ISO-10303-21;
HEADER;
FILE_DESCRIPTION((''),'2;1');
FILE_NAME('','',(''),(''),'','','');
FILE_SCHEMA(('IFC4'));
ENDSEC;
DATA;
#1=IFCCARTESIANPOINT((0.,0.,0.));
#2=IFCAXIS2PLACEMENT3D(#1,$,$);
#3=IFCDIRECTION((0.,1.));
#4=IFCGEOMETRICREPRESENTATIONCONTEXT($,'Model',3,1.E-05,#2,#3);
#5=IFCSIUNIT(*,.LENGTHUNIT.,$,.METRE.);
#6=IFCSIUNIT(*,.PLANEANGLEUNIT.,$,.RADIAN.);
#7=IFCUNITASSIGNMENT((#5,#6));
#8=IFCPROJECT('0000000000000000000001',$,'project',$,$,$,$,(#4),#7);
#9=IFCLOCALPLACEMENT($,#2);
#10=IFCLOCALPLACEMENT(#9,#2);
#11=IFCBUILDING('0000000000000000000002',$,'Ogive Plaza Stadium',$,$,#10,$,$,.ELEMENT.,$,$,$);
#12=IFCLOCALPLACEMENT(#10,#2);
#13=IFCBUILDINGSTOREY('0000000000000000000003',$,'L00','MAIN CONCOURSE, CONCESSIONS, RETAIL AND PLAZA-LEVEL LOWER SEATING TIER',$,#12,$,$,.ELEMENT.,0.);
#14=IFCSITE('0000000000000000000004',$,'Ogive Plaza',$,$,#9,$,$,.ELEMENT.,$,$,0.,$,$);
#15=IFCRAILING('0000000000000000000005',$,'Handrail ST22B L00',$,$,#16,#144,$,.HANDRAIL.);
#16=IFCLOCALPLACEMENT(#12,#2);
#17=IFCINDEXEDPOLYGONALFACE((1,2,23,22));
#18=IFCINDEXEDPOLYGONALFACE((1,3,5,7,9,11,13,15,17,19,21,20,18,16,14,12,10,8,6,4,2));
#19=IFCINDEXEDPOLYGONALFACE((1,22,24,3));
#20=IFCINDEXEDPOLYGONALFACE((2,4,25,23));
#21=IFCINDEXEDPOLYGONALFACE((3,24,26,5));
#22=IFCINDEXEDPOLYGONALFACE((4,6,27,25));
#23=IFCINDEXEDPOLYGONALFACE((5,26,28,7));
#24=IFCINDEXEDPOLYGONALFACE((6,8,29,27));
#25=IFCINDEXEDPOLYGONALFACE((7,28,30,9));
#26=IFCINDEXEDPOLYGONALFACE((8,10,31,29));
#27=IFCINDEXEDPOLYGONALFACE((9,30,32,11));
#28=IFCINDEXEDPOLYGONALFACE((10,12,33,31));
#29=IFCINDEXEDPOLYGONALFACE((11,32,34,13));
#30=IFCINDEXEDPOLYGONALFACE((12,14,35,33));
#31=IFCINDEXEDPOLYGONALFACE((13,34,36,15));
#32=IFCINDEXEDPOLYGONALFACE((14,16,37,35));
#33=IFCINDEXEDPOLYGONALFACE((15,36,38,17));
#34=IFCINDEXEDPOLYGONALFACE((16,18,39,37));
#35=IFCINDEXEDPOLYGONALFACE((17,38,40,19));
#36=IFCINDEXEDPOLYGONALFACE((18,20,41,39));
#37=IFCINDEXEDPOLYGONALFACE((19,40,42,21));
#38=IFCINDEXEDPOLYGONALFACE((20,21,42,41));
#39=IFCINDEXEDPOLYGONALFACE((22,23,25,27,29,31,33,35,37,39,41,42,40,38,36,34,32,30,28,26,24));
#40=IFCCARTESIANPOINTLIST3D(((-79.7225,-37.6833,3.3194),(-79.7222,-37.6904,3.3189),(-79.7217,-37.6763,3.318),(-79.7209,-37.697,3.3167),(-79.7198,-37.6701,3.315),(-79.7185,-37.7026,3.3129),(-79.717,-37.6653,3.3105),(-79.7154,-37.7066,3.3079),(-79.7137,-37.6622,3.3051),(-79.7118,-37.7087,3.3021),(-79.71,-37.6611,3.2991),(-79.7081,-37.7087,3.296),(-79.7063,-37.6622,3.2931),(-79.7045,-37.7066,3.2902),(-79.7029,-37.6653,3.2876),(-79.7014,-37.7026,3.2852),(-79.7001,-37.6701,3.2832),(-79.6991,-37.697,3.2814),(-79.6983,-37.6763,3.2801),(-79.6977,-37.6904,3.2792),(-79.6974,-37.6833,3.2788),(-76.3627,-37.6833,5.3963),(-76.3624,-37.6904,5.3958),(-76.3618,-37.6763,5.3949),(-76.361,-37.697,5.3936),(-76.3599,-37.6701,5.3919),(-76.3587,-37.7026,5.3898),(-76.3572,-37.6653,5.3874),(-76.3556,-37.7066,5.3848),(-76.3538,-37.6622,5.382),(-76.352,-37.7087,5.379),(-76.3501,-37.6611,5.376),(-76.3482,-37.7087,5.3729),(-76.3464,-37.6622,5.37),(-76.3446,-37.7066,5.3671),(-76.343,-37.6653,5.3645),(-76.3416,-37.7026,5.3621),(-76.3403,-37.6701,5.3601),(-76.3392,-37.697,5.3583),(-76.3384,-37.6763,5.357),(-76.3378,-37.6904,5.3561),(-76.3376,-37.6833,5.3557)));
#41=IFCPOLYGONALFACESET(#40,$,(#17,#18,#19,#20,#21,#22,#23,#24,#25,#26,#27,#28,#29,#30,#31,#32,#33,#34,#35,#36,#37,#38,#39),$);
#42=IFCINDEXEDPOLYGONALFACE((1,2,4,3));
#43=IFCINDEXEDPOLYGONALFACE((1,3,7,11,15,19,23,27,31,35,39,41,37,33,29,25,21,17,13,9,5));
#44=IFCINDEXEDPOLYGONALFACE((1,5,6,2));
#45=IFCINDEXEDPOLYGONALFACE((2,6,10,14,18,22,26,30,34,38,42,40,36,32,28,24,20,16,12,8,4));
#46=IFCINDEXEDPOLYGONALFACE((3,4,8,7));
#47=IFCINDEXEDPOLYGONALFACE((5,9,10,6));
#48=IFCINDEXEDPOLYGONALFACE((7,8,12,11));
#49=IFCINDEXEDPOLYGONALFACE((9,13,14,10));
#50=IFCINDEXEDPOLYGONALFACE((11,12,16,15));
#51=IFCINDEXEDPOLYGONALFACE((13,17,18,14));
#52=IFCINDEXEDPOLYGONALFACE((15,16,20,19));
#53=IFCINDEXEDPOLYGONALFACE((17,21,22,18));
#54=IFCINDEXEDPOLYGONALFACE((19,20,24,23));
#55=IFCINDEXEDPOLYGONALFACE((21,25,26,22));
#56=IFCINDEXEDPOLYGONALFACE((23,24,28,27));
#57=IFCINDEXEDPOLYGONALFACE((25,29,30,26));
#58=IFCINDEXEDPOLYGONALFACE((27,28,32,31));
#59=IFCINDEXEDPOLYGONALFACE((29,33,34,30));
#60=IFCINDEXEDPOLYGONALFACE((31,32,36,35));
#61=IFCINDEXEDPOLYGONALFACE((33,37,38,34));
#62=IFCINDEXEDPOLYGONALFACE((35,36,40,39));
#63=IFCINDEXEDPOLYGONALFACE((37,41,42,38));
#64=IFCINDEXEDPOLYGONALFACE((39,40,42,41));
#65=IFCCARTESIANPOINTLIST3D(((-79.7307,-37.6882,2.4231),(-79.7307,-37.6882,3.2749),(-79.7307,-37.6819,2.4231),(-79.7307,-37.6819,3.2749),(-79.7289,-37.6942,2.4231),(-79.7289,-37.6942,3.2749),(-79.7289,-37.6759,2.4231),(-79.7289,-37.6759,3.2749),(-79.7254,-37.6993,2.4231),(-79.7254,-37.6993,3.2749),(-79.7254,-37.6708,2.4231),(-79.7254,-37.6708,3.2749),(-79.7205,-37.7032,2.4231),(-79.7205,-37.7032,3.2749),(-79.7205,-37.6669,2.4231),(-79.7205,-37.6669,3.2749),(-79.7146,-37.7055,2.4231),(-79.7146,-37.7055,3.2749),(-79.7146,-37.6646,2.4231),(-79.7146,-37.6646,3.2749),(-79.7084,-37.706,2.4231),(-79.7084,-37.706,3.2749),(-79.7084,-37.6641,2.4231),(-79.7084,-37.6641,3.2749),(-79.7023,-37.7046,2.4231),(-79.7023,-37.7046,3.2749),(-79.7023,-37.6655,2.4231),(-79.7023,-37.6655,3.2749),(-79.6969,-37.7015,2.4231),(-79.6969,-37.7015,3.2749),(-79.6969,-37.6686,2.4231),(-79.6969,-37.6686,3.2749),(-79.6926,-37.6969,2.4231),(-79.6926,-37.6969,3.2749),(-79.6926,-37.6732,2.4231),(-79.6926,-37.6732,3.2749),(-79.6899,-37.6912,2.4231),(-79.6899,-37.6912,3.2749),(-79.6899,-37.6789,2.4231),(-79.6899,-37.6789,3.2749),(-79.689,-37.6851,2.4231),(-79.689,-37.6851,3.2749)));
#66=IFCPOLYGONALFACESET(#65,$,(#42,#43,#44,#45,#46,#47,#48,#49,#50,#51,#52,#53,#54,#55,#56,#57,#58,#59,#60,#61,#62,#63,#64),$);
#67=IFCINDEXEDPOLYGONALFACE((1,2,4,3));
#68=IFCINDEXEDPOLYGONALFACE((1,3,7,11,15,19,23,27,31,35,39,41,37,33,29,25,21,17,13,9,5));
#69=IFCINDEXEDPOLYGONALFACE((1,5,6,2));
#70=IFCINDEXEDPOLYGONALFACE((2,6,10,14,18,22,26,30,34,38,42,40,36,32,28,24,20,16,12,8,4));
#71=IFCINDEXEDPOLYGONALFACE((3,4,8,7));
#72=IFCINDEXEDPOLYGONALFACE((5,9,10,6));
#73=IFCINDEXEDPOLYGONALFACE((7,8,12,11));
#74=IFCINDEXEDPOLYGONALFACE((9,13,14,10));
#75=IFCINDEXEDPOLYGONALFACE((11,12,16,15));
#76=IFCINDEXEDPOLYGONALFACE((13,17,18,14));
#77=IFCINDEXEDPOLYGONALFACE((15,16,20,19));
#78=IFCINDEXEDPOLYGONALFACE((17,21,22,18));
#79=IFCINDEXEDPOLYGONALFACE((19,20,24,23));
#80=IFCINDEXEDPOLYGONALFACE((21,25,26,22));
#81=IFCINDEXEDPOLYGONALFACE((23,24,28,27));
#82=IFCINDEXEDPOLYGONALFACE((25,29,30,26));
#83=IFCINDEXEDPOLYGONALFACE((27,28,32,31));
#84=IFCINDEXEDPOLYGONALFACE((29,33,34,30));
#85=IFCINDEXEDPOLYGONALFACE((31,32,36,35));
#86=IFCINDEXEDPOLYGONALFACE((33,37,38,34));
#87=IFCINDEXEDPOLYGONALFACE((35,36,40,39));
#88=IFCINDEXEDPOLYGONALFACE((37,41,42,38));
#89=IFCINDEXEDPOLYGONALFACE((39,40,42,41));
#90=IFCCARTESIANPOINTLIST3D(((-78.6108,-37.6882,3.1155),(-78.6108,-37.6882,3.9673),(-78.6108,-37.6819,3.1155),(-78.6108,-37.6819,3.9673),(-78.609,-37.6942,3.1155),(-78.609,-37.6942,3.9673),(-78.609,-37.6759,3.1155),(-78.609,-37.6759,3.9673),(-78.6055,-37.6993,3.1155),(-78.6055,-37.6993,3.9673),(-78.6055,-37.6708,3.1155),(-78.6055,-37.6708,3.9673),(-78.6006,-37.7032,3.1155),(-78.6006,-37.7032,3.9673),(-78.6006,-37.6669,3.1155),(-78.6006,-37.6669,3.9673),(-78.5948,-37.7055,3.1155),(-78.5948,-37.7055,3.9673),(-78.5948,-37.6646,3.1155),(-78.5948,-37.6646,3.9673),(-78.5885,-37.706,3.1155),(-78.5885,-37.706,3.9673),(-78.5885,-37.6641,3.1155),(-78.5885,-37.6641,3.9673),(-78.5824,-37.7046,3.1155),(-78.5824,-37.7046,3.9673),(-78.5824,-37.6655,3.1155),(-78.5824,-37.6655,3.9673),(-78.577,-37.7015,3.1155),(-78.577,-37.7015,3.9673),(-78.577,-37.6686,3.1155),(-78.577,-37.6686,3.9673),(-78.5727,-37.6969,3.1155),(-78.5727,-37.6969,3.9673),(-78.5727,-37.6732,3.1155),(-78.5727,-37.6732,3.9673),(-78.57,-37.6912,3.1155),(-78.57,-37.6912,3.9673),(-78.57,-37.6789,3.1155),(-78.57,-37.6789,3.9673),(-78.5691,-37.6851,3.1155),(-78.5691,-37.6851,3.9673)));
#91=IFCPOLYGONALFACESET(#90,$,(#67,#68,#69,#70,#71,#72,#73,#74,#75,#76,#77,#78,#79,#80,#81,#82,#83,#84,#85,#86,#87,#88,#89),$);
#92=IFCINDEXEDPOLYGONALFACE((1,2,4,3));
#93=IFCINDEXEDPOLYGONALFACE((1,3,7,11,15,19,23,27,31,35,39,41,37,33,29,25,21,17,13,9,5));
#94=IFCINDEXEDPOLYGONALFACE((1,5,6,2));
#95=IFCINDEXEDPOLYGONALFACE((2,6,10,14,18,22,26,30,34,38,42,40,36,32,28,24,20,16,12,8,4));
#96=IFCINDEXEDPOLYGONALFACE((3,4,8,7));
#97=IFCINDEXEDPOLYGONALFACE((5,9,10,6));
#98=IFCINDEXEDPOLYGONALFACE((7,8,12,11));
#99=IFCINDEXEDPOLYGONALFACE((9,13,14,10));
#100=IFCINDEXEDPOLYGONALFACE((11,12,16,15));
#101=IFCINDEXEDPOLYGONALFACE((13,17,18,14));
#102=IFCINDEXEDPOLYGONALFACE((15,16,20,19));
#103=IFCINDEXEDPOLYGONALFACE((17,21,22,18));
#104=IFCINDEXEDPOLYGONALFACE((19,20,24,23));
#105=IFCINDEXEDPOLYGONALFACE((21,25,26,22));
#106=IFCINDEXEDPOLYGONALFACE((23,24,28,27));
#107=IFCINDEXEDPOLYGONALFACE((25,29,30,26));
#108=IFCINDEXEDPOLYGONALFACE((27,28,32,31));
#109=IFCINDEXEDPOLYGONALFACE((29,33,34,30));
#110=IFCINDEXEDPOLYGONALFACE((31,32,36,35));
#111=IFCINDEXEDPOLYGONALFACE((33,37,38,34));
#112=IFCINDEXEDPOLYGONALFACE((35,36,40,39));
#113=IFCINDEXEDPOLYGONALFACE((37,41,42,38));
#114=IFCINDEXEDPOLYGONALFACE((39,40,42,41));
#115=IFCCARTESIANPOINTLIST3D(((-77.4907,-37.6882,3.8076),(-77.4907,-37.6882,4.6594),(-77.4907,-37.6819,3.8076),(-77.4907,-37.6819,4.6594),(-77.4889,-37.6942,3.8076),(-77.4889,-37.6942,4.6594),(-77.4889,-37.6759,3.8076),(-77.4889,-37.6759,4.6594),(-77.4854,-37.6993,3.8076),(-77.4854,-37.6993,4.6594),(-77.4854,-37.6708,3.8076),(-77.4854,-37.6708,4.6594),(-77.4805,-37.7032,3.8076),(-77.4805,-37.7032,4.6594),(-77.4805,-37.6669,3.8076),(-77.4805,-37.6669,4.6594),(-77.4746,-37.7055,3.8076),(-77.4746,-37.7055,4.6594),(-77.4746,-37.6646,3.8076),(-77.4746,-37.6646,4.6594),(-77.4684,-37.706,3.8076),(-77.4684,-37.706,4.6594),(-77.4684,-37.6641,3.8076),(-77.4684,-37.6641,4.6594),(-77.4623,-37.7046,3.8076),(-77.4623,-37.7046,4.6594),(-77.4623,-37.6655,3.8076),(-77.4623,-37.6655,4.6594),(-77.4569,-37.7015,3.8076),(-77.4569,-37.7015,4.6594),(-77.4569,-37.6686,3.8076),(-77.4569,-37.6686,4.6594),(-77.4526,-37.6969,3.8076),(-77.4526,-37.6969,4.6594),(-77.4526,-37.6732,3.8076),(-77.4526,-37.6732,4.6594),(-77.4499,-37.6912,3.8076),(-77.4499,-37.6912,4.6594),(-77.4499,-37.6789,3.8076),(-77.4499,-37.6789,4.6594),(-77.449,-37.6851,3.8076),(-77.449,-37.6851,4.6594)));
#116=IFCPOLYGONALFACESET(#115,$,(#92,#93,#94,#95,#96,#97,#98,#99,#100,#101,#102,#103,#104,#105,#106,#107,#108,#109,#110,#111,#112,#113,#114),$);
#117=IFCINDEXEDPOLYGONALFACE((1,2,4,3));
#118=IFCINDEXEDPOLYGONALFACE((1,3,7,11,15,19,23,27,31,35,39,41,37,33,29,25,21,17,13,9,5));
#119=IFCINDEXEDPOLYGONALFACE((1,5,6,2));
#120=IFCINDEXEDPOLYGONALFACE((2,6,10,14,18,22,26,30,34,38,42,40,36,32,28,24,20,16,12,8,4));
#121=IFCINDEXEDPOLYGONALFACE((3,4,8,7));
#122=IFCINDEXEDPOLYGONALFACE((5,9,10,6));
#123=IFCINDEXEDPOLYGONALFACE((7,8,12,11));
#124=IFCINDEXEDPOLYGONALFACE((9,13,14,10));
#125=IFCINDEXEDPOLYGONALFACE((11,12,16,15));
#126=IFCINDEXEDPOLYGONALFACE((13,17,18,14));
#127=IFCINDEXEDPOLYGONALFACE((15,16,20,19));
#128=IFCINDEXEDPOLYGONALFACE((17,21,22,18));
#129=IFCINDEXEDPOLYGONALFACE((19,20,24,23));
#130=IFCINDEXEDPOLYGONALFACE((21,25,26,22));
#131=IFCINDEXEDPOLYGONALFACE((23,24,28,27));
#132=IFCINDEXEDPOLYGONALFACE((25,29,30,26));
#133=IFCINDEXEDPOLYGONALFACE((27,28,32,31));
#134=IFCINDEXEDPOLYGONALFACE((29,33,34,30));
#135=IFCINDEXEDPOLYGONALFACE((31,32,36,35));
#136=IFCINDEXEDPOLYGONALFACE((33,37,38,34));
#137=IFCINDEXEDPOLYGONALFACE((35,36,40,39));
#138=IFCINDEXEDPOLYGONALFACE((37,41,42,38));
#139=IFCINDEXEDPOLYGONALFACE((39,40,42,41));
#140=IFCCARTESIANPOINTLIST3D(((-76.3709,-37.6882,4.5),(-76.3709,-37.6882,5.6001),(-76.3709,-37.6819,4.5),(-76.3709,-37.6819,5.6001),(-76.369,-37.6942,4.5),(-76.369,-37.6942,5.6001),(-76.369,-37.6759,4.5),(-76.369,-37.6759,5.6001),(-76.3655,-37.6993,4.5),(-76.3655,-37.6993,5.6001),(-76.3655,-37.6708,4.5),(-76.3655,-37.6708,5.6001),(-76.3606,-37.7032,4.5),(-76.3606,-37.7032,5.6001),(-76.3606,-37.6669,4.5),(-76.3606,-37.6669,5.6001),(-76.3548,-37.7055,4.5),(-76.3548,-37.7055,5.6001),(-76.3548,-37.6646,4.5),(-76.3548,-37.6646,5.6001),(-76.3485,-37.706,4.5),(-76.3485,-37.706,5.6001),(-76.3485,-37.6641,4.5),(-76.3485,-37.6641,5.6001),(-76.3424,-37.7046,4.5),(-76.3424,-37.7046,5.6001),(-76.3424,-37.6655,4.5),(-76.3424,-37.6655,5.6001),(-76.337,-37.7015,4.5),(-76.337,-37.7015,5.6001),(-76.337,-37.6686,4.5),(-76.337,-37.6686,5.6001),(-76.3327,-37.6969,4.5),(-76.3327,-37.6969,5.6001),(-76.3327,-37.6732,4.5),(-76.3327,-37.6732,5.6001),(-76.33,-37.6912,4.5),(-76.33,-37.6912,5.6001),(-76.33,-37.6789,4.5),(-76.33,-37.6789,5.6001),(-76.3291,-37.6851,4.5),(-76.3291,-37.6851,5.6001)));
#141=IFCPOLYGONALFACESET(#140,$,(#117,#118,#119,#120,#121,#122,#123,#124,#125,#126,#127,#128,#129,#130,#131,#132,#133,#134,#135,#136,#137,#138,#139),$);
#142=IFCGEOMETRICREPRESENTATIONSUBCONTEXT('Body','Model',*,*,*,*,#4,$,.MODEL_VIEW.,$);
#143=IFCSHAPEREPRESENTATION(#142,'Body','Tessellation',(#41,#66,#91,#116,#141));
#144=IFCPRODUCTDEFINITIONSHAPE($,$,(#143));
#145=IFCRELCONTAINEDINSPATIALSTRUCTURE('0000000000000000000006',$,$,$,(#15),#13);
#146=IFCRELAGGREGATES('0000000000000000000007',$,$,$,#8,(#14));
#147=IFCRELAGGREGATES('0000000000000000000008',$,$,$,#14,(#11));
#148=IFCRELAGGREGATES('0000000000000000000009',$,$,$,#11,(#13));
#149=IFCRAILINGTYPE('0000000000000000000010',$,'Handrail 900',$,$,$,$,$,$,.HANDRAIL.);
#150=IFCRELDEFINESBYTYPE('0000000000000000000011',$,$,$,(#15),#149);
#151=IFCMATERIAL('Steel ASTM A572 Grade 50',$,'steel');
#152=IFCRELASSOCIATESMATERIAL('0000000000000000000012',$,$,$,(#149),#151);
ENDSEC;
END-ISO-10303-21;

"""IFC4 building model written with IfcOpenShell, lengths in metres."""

from ifc_helpers import new_model, si_unit, direction, frame, origin, origin_2d, place, context, subcontext, project, spatial, circle, extrude, material, type_object, element, save


model = new_model("IFC4")

# Units and contexts
model_context = context("Model", 3, precision=1e-05, world=origin(), true_north=direction((0.0, 1.0)))
body_context = subcontext(model_context, "Body", "Model", "MODEL_VIEW")
ifc_project = project(units=[si_unit("LENGTHUNIT", "METRE"), si_unit("PLANEANGLEUNIT", "RADIAN")], contexts=[model_context])

# Site, building, storey
site_placement = place(None, origin())
site = spatial("IfcSite", under=ifc_project, at=site_placement, Name="Ogive Plaza", CompositionType="ELEMENT", RefElevation=0.0)
building_placement = place(site_placement, origin())
building = spatial("IfcBuilding", under=site, at=building_placement, Name="Ogive Plaza Stadium", CompositionType="ELEMENT")
storey_placement = place(building_placement, origin())
storey = spatial("IfcBuildingStorey", under=building, at=storey_placement, Name="L00", Description="MAIN CONCOURSE, CONCESSIONS, RETAIL AND PLAZA-LEVEL LOWER SEATING TIER", CompositionType="ELEMENT", Elevation=0.0)

# Railing
ifc_material_1 = material(Name="Steel ASTM A572 Grade 50", Category="steel")
railing_type_1 = type_object("IfcRailingType", Name="Handrail 900", PredefinedType="HANDRAIL", material=ifc_material_1)
for number, where, name in (
    (1, (-79.71, -37.6851, 2.4231), "Handrail ST22B L00"),
):
    element("IfcRailing", number, at=place(storey_placement, frame(where)), inside=storey, type_object=railing_type_1, Name=name, PredefinedType="HANDRAIL", context=body_context, shape_type="SweptSolid", body=[
        extrude(circle(Radius=0.0239, at=origin_2d()), frame((0.0, 0.0, 0.876), z_axis=(0.850606, 0.0, 0.525803), x_axis=(0.0, 1.0, 0.0)), (0.0, 0.0, 1.0), 3.95),
        extrude(circle(Radius=0.021, at=origin_2d()), origin(), (0.0, 0.0, 1.0), 0.8518),
        extrude(circle(Radius=0.021, at=origin_2d()), frame((1.1199, 0.0, 0.6924)), (0.0, 0.0, 1.0), 0.8518),
        extrude(circle(Radius=0.021, at=origin_2d()), frame((2.24, 0.0, 1.3845)), (0.0, 0.0, 1.0), 0.8518),
        extrude(circle(Radius=0.021, at=origin_2d()), frame((3.3599, 0.0, 2.0769)), (0.0, 0.0, 1.0), 1.1001),
    ])

save(model, "model.ifc")
